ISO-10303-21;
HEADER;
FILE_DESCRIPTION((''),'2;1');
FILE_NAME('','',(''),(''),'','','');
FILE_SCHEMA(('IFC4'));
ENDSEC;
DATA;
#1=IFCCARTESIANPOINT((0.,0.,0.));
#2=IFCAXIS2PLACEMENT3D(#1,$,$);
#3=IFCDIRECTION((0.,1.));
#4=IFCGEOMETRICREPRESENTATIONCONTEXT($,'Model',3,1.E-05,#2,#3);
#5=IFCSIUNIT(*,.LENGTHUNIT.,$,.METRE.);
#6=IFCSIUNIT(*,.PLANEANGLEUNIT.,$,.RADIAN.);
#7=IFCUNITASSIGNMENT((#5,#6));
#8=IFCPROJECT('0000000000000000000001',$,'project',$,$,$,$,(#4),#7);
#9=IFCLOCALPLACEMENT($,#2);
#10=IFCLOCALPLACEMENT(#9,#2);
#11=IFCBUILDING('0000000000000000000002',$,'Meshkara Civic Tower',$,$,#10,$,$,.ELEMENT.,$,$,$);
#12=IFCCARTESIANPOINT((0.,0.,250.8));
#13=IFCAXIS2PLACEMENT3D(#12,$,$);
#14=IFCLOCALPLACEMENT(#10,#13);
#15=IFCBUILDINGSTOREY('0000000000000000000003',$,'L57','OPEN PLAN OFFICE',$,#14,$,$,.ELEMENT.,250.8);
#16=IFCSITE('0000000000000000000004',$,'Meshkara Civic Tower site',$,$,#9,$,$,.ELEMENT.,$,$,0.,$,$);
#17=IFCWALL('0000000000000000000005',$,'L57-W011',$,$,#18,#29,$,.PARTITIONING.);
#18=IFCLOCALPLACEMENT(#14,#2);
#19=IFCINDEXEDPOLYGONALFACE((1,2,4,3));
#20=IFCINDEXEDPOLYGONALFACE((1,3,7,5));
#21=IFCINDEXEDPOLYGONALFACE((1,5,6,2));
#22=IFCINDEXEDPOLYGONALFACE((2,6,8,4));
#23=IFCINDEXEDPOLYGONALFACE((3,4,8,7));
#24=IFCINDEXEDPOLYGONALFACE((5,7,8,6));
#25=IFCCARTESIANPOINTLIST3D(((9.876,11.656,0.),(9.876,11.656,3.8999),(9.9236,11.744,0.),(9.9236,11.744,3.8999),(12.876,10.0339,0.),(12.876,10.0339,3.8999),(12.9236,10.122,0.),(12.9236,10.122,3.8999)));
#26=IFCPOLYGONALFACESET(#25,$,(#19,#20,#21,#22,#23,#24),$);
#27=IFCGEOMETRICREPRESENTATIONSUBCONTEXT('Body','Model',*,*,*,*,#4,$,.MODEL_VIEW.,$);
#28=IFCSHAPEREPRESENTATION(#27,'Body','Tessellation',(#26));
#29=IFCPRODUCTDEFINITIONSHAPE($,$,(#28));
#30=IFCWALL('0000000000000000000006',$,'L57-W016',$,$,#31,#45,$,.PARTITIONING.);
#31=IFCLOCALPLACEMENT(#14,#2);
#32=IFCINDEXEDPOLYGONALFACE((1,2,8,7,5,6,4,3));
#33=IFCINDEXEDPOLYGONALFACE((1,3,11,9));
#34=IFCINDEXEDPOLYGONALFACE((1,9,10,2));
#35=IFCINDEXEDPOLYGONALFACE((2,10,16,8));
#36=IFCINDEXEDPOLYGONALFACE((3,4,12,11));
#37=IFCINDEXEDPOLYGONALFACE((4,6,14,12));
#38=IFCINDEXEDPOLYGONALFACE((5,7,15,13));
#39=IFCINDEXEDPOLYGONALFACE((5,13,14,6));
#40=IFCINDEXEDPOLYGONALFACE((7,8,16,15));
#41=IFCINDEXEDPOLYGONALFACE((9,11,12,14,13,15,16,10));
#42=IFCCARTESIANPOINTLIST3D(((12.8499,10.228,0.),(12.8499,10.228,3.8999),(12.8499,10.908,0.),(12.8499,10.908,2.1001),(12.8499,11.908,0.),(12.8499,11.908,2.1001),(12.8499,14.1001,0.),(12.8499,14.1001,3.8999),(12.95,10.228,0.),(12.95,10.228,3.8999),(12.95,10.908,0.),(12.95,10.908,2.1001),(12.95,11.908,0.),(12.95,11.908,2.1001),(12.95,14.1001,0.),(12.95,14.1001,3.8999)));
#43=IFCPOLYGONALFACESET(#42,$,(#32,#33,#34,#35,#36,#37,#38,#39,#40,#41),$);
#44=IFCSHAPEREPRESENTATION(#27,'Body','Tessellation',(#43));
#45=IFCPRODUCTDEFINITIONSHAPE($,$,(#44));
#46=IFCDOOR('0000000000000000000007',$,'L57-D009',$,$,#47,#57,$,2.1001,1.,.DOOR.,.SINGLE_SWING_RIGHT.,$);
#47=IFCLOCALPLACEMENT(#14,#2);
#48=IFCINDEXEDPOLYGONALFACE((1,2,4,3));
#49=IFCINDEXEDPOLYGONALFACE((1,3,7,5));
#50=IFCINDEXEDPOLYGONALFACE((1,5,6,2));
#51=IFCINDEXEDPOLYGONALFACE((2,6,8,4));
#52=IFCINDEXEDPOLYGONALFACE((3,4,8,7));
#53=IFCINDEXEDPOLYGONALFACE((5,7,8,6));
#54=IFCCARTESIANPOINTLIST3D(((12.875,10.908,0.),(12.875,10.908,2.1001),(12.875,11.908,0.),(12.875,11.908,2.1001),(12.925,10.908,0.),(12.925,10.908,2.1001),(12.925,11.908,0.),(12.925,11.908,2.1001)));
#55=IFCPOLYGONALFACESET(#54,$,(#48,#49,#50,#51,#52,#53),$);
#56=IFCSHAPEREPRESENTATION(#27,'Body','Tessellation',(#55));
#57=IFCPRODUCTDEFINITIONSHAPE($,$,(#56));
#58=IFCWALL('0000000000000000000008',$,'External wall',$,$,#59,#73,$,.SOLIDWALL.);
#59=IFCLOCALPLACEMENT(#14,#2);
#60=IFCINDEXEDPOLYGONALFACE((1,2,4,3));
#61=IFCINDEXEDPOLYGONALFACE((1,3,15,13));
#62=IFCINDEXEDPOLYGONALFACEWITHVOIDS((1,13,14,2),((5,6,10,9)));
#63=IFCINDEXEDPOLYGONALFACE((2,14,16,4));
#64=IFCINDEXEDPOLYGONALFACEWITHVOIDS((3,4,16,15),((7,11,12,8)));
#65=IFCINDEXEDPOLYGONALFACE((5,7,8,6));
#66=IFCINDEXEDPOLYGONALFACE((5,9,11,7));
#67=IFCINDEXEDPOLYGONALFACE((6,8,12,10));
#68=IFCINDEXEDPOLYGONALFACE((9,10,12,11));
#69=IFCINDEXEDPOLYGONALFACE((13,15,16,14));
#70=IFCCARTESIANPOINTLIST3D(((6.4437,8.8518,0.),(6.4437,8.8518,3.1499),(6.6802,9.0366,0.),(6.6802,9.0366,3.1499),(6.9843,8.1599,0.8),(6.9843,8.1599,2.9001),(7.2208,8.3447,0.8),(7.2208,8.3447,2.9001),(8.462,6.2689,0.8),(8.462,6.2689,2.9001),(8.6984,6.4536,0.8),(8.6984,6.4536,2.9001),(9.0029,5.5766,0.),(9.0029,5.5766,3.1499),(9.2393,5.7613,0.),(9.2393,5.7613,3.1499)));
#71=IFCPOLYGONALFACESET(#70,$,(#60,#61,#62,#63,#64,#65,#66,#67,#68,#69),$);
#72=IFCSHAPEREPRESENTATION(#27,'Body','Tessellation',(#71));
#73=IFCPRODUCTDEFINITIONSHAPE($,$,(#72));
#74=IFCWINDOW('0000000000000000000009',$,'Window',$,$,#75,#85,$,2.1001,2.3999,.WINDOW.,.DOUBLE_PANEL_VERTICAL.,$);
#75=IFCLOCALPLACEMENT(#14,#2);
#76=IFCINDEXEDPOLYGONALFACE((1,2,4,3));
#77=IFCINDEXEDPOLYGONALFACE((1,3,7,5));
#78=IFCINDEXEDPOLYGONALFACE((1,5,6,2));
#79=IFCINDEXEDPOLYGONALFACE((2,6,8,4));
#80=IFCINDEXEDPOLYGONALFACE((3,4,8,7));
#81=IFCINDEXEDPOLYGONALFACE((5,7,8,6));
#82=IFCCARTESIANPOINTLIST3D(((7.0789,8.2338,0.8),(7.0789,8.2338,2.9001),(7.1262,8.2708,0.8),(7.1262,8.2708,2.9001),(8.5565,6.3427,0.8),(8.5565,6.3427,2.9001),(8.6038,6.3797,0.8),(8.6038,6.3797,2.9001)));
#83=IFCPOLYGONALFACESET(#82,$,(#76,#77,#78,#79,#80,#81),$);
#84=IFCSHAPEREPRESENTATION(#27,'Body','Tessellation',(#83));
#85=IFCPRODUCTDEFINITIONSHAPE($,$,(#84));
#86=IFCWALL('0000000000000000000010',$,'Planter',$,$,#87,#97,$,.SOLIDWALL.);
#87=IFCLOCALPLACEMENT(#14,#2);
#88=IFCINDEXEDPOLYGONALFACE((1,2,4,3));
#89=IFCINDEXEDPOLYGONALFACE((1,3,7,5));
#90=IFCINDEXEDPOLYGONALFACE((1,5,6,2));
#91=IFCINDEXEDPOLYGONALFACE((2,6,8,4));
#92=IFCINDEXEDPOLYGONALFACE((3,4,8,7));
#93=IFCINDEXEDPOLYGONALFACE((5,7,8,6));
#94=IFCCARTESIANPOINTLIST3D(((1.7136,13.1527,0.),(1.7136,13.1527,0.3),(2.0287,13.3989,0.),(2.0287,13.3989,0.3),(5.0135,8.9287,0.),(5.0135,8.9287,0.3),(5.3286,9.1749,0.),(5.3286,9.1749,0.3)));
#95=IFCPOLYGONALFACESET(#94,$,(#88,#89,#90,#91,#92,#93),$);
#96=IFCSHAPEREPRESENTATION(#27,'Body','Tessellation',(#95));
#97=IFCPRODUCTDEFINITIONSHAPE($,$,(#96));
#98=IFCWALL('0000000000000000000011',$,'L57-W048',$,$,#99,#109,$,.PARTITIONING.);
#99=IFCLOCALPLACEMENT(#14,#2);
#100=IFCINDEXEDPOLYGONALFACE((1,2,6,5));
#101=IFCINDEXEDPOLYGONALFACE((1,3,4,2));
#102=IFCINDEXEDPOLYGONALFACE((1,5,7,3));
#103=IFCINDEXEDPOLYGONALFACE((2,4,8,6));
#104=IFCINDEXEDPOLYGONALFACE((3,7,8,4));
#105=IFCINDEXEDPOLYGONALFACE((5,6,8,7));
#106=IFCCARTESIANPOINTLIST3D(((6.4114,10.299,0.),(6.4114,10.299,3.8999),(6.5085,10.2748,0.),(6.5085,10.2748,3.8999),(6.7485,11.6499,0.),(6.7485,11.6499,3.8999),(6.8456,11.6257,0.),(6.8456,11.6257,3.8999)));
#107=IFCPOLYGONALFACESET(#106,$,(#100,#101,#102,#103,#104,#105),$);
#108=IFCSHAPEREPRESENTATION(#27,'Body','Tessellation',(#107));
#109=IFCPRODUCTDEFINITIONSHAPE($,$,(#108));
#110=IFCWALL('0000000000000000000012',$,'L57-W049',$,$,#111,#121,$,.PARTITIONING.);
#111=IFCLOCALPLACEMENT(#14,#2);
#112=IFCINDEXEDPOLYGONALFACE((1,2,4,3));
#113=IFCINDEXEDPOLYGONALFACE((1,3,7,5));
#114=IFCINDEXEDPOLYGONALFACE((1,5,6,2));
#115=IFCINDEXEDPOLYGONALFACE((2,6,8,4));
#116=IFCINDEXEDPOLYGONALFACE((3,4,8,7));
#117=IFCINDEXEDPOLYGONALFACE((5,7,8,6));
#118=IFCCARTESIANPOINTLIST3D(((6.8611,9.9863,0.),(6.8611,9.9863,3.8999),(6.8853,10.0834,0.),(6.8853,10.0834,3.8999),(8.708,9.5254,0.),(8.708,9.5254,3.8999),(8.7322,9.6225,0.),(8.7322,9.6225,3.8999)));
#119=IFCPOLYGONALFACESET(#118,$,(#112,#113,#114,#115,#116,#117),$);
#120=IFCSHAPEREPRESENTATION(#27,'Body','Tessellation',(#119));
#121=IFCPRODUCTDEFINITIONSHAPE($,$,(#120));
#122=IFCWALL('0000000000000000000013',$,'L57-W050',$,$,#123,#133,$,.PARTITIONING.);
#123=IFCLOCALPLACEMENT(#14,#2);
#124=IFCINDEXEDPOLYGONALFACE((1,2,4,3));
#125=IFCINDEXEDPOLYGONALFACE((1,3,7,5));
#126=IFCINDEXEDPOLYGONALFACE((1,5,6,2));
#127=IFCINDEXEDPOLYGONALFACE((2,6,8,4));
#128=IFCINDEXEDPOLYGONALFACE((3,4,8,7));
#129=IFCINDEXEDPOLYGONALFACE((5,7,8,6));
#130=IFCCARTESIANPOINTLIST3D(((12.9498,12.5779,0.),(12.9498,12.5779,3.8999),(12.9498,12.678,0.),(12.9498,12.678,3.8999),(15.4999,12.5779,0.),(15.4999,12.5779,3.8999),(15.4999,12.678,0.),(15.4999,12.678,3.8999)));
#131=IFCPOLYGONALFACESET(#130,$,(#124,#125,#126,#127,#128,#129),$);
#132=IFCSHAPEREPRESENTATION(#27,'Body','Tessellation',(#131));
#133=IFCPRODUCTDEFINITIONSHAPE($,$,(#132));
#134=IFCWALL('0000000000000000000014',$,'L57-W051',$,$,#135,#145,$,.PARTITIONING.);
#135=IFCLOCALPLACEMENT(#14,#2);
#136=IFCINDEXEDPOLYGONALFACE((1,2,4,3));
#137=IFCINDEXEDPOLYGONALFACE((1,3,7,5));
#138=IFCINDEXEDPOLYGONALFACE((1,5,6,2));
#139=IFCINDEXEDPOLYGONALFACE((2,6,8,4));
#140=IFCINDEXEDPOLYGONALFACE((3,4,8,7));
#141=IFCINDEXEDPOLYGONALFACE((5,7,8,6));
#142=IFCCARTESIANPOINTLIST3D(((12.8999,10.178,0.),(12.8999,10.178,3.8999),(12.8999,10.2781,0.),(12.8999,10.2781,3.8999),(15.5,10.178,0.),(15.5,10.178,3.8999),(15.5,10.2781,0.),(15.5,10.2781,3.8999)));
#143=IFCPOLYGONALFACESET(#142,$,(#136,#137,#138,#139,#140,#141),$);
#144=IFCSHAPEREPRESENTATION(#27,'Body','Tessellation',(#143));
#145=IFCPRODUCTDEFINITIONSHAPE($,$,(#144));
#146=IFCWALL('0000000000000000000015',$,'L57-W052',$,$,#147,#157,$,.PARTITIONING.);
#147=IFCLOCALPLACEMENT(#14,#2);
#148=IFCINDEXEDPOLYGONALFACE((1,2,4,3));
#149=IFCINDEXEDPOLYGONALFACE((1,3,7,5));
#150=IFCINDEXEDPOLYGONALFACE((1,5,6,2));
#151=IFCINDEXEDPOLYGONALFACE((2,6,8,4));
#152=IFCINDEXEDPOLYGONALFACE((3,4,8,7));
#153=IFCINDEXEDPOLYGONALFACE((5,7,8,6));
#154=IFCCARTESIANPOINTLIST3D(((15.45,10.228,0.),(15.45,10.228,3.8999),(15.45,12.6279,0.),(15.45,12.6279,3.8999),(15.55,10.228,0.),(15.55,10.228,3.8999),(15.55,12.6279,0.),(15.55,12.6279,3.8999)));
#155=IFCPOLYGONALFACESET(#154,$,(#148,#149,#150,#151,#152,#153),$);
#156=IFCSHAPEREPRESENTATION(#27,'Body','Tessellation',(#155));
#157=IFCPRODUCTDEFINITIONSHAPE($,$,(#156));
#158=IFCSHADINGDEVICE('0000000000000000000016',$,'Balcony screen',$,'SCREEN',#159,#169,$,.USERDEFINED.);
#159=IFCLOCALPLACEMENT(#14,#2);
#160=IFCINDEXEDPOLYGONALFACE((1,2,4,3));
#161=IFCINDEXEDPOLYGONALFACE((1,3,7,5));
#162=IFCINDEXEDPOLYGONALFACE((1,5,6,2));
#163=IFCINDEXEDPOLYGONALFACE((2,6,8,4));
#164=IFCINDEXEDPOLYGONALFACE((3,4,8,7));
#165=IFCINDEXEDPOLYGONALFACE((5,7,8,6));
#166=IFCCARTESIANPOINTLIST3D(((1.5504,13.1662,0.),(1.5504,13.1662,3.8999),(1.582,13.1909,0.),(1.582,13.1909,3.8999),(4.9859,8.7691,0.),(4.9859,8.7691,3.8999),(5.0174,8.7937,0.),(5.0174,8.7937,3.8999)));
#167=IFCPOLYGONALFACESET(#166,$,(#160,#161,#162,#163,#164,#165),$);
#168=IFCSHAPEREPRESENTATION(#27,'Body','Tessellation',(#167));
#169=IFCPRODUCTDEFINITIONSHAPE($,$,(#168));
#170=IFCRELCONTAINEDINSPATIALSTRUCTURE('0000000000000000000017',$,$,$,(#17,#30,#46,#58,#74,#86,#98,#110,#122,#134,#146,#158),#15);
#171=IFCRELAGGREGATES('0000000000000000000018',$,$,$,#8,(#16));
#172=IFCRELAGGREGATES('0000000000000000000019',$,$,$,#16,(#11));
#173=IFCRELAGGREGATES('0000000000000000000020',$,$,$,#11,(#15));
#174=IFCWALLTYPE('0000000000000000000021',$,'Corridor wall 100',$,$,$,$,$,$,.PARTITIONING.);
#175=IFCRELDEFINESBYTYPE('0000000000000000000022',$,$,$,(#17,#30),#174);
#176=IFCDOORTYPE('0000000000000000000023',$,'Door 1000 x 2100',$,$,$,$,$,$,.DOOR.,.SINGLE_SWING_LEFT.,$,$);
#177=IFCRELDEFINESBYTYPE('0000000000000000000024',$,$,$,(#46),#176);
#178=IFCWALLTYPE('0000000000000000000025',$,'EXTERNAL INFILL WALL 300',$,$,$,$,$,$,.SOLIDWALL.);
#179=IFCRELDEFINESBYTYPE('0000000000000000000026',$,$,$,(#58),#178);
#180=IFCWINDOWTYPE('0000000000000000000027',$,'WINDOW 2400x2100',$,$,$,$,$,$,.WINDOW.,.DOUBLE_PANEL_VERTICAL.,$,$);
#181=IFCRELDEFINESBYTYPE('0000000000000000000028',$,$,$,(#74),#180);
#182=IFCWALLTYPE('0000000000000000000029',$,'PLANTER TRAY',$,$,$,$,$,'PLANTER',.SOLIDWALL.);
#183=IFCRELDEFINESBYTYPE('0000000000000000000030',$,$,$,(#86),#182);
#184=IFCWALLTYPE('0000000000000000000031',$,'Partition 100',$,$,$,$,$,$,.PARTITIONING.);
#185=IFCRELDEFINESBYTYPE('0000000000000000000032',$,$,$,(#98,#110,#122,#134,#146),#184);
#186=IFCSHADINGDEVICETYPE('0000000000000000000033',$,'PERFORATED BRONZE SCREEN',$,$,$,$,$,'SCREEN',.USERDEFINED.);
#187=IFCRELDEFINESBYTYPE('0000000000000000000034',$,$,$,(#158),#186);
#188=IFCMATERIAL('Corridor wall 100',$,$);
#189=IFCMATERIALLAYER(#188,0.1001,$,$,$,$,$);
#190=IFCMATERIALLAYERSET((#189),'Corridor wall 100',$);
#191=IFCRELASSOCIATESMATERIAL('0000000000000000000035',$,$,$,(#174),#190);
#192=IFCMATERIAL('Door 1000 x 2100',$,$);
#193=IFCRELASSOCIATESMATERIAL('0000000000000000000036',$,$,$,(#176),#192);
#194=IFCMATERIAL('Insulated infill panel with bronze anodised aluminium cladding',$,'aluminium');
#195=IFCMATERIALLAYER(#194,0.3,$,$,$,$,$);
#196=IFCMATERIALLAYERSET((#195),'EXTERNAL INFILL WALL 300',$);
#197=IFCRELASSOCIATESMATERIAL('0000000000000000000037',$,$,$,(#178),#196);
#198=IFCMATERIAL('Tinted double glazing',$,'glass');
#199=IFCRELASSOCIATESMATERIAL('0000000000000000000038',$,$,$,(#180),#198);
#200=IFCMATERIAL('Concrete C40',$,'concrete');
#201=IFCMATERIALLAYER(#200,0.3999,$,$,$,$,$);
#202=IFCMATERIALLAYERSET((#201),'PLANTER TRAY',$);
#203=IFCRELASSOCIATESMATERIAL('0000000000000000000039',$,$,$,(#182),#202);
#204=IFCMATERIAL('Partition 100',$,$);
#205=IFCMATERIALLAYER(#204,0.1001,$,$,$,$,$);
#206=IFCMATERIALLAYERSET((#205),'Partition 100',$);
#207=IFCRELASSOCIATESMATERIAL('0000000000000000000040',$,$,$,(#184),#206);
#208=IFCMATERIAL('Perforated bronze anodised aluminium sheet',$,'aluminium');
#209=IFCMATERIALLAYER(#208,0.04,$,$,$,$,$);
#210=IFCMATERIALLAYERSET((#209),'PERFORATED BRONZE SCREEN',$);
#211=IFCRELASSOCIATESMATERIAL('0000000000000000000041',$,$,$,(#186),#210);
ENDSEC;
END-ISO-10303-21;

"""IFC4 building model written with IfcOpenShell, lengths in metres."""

from ifc_helpers import new_model, si_unit, direction, frame, frame_2d, origin, origin_2d, place, context, subcontext, project, spatial, rectangle, extrude, material, layer, layer_set, type_object, element, fill, save


model = new_model("IFC4")

# Units and contexts
model_context = context("Model", 3, precision=1e-05, world=origin(), true_north=direction((0.0, 1.0)))
body_context = subcontext(model_context, "Body", "Model", "MODEL_VIEW")
ifc_project = project(units=[si_unit("LENGTHUNIT", "METRE"), si_unit("PLANEANGLEUNIT", "RADIAN")], contexts=[model_context])

# Site, building, storey
site_placement = place(None, origin())
site = spatial("IfcSite", under=ifc_project, at=site_placement, Name="Meshkara Civic Tower site", CompositionType="ELEMENT", RefElevation=0.0)
building_placement = place(site_placement, origin())
building = spatial("IfcBuilding", under=site, at=building_placement, Name="Meshkara Civic Tower", CompositionType="ELEMENT")
storey_placement = place(building_placement, frame((0.0, 0.0, 250.8)))
storey = spatial("IfcBuildingStorey", under=building, at=storey_placement, Name="L57", Description="OPEN PLAN OFFICE", CompositionType="ELEMENT", Elevation=250.8)

# Shared definitions
ifc_material_1 = material(Name="Corridor wall 100")
ifc_layer_1 = layer(ifc_material_1, 0.1001)
ifc_layer_set_1 = layer_set([ifc_layer_1], Name="Corridor wall 100")
wall_type_1 = type_object("IfcWallType", Name="Corridor wall 100", PredefinedType="PARTITIONING", material=ifc_layer_set_1)

# Shared definitions
ifc_material_2 = material(Name="Door 1000 x 2100")
door_type_1 = type_object("IfcDoorType", Name="Door 1000 x 2100", OperationType="SINGLE_SWING_LEFT", PredefinedType="DOOR", material=ifc_material_2)

# Wall
wall_1_placement = place(storey_placement, frame((9.8999, 11.7, 0.0), z_axis=(0.0, 0.0, 1.0), x_axis=(0.879651, -0.475619, 0.0)))
element("IfcWall", 1, at=wall_1_placement, inside=storey, type_object=wall_type_1, Name="L57-W011", PredefinedType="PARTITIONING", context=body_context, shape_type="SweptSolid", body=[
    extrude(rectangle(XDim=3.4104, YDim=0.1001, at=frame_2d((1.7051, 0.0))), origin(), (0.0, 0.0, 1.0), 3.8999),
])

# Wall, opening, door
wall_2_placement = place(storey_placement, frame((12.8999, 10.228, 0.0), z_axis=(0.0, 0.0, 1.0), x_axis=(0.0, 1.0, 0.0)))
wall_2 = element("IfcWall", 2, at=wall_2_placement, inside=storey, type_object=wall_type_1, Name="L57-W016", PredefinedType="PARTITIONING", context=body_context, shape_type="SweptSolid", body=[
    extrude(rectangle(XDim=3.8721, YDim=0.1001, at=frame_2d((1.936, 0.0))), origin(), (0.0, 0.0, 1.0), 3.8999),
])
opening_1_placement = place(wall_2_placement, frame((0.6799, 0.0, 0.0)))
opening_1 = element("IfcOpeningElement", 3, at=opening_1_placement, cuts=wall_2, PredefinedType="OPENING", context=body_context, shape_type="SweptSolid", body=[
    extrude(rectangle(XDim=1.0, YDim=2.1001, at=frame_2d((0.5, 1.05))), frame((0.0, 0.0601, 0.0), z_axis=(0.0, -1.0, 0.0), x_axis=(1.0, 0.0, 0.0)), (0.0, 0.0, 1.0), 0.1201),
])
door_1_placement = place(opening_1_placement, origin())
door_1 = element("IfcDoor", 4, at=door_1_placement, inside=storey, type_object=door_type_1, Name="L57-D009", OperationType="SINGLE_SWING_RIGHT", OverallHeight=2.1001, OverallWidth=1.0, PredefinedType="DOOR", context=body_context, shape_type="SweptSolid", body=[
    extrude(rectangle(XDim=1.0, YDim=2.1001, at=frame_2d((0.5, 1.05))), frame((0.0, 0.0249, 0.0), z_axis=(0.0, -1.0, 0.0), x_axis=(1.0, 0.0, 0.0)), (0.0, 0.0, 1.0), 0.05),
])
fill(opening_1, door_1)

# Wall, opening, window
ifc_material_3 = material(Name="Insulated infill panel with bronze anodised aluminium cladding", Category="aluminium")
ifc_layer_2 = layer(ifc_material_3, 0.3)
ifc_layer_set_2 = layer_set([ifc_layer_2], Name="EXTERNAL INFILL WALL 300")
wall_type_2 = type_object("IfcWallType", Name="EXTERNAL INFILL WALL 300", PredefinedType="SOLIDWALL", material=ifc_layer_set_2)
wall_3_placement = place(storey_placement, frame((6.562, 8.9441, 0.0), z_axis=(0.0, 0.0, 1.0), x_axis=(0.6157, -0.787981, 0.0)))
wall_3 = element("IfcWall", 5, at=wall_3_placement, inside=storey, type_object=wall_type_2, Name="External wall", PredefinedType="SOLIDWALL", context=body_context, shape_type="SweptSolid", body=[
    extrude(rectangle(XDim=4.1565, YDim=0.3, at=frame_2d((2.0781, 0.0))), origin(), (0.0, 0.0, 1.0), 3.1499),
])
opening_2_placement = place(wall_3_placement, frame((0.8779, 0.0, 0.8)))
opening_2 = element("IfcOpeningElement", 6, at=opening_2_placement, cuts=wall_3, PredefinedType="OPENING", context=body_context, shape_type="SweptSolid", body=[
    extrude(rectangle(XDim=2.3999, YDim=2.1001, at=frame_2d((1.2, 1.05))), frame((0.0, 0.1599, 0.0), z_axis=(0.0, -1.0, 0.0), x_axis=(1.0, 0.0, 0.0)), (0.0, 0.0, 1.0), 0.3201),
])
ifc_material_4 = material(Name="Tinted double glazing", Category="glass")
window_type = type_object("IfcWindowType", Name="WINDOW 2400x2100", PartitioningType="DOUBLE_PANEL_VERTICAL", PredefinedType="WINDOW", material=ifc_material_4)
window_placement = place(opening_2_placement, origin())
window = element("IfcWindow", 7, at=window_placement, inside=storey, type_object=window_type, Name="Window", OverallHeight=2.1001, OverallWidth=2.3999, PartitioningType="DOUBLE_PANEL_VERTICAL", PredefinedType="WINDOW", context=body_context, shape_type="SweptSolid", body=[
    extrude(rectangle(XDim=2.3999, YDim=2.1001, at=frame_2d((1.2, 1.05))), frame((0.0, 0.03, 0.0), z_axis=(0.0, -1.0, 0.0), x_axis=(1.0, 0.0, 0.0)), (0.0, 0.0, 1.0), 0.0601),
])
fill(opening_2, window)

# Walls
ifc_material_5 = material(Name="Concrete C40", Category="concrete")
ifc_layer_3 = layer(ifc_material_5, 0.3999)
ifc_layer_set_3 = layer_set([ifc_layer_3], Name="PLANTER TRAY")
wall_type_3 = type_object("IfcWallType", Name="PLANTER TRAY", ElementType="PLANTER", PredefinedType="SOLIDWALL", material=ifc_layer_set_3)
wall_4_placement = place(storey_placement, frame((1.8711, 13.2759, 0.0), z_axis=(0.0, 0.0, 1.0), x_axis=(0.615633, -0.788033, 0.0)))
element("IfcWall", 8, at=wall_4_placement, inside=storey, type_object=wall_type_3, Name="Planter", PredefinedType="SOLIDWALL", context=body_context, shape_type="SweptSolid", body=[
    extrude(rectangle(XDim=5.3601, YDim=0.3999, at=frame_2d((2.6802, 0.0))), origin(), (0.0, 0.0, 1.0), 0.3),
])
ifc_material_6 = material(Name="Partition 100")
ifc_layer_4 = layer(ifc_material_6, 0.1001)
ifc_layer_set_4 = layer_set([ifc_layer_4], Name="Partition 100")
wall_type_4 = type_object("IfcWallType", Name="Partition 100", PredefinedType="PARTITIONING", material=ifc_layer_set_4)
wall_5_placement = place(storey_placement, frame((6.7971, 11.6379, 0.0), z_axis=(0.0, 0.0, 1.0), x_axis=(-0.242164, -0.970235, 0.0)))
element("IfcWall", 9, at=wall_5_placement, inside=storey, type_object=wall_type_4, Name="L57-W048", PredefinedType="PARTITIONING", context=body_context, shape_type="SweptSolid", body=[
    extrude(rectangle(XDim=1.3923, YDim=0.1001, at=frame_2d((0.6963, 0.0))), origin(), (0.0, 0.0, 1.0), 3.8999),
])
wall_6_placement = place(storey_placement, frame((8.72, 9.574, 0.0), z_axis=(0.0, 0.0, 1.0), x_axis=(-0.97024, 0.242143, 0.0)))
element("IfcWall", 10, at=wall_6_placement, inside=storey, type_object=wall_type_4, Name="L57-W049", PredefinedType="PARTITIONING", context=body_context, shape_type="SweptSolid", body=[
    extrude(rectangle(XDim=1.9036, YDim=0.1001, at=frame_2d((0.9517, 0.0))), origin(), (0.0, 0.0, 1.0), 3.8999),
])
wall_7_placement = place(storey_placement, frame((12.95, 12.6279, 0.0), z_axis=(0.0, 0.0, 1.0), x_axis=(1.0, 0.0, 0.0)))
element("IfcWall", 11, at=wall_7_placement, inside=storey, type_object=wall_type_4, Name="L57-W050", PredefinedType="PARTITIONING", context=body_context, shape_type="SweptSolid", body=[
    extrude(rectangle(XDim=2.55, YDim=0.1001, at=frame_2d((1.2749, 0.0))), origin(), (0.0, 0.0, 1.0), 3.8999),
])
wall_8_placement = place(storey_placement, frame((15.5, 10.228, 0.0), z_axis=(0.0, 0.0, 1.0), x_axis=(-1.0, 0.0, 0.0)))
element("IfcWall", 12, at=wall_8_placement, inside=storey, type_object=wall_type_4, Name="L57-W051", PredefinedType="PARTITIONING", context=body_context, shape_type="SweptSolid", body=[
    extrude(rectangle(XDim=2.6001, YDim=0.1001, at=frame_2d((1.3, 0.0))), origin(), (0.0, 0.0, 1.0), 3.8999),
])
wall_9_placement = place(storey_placement, frame((15.5, 12.6279, 0.0), z_axis=(0.0, 0.0, 1.0), x_axis=(0.0, -1.0, 0.0)))
element("IfcWall", 13, at=wall_9_placement, inside=storey, type_object=wall_type_4, Name="L57-W052", PredefinedType="PARTITIONING", context=body_context, shape_type="SweptSolid", body=[
    extrude(rectangle(XDim=2.3999, YDim=0.1001, at=frame_2d((1.2, 0.0))), origin(), (0.0, 0.0, 1.0), 3.8999),
])

# Shading device
ifc_material_7 = material(Name="Perforated bronze anodised aluminium sheet", Category="aluminium")
ifc_layer_5 = layer(ifc_material_7, 0.04)
ifc_layer_set_5 = layer_set([ifc_layer_5], Name="PERFORATED BRONZE SCREEN")
shading_device_type = type_object("IfcShadingDeviceType", Name="PERFORATED BRONZE SCREEN", ElementType="SCREEN", PredefinedType="USERDEFINED", material=ifc_layer_set_5)
shading_device_placement = place(storey_placement, frame((3.2839, 10.98, 0.0), z_axis=(0.0, 0.0, 1.0), x_axis=(0.615661, -0.788011, 0.0)))
element("IfcShadingDevice", 14, at=shading_device_placement, inside=storey, type_object=shading_device_type, Name="Balcony screen", ObjectType="SCREEN", PredefinedType="USERDEFINED", context=body_context, shape_type="SweptSolid", body=[
    extrude(rectangle(XDim=5.5801, YDim=0.04, at=origin_2d()), origin(), (0.0, 0.0, 1.0), 3.8999),
])

save(model, "model.ifc")
